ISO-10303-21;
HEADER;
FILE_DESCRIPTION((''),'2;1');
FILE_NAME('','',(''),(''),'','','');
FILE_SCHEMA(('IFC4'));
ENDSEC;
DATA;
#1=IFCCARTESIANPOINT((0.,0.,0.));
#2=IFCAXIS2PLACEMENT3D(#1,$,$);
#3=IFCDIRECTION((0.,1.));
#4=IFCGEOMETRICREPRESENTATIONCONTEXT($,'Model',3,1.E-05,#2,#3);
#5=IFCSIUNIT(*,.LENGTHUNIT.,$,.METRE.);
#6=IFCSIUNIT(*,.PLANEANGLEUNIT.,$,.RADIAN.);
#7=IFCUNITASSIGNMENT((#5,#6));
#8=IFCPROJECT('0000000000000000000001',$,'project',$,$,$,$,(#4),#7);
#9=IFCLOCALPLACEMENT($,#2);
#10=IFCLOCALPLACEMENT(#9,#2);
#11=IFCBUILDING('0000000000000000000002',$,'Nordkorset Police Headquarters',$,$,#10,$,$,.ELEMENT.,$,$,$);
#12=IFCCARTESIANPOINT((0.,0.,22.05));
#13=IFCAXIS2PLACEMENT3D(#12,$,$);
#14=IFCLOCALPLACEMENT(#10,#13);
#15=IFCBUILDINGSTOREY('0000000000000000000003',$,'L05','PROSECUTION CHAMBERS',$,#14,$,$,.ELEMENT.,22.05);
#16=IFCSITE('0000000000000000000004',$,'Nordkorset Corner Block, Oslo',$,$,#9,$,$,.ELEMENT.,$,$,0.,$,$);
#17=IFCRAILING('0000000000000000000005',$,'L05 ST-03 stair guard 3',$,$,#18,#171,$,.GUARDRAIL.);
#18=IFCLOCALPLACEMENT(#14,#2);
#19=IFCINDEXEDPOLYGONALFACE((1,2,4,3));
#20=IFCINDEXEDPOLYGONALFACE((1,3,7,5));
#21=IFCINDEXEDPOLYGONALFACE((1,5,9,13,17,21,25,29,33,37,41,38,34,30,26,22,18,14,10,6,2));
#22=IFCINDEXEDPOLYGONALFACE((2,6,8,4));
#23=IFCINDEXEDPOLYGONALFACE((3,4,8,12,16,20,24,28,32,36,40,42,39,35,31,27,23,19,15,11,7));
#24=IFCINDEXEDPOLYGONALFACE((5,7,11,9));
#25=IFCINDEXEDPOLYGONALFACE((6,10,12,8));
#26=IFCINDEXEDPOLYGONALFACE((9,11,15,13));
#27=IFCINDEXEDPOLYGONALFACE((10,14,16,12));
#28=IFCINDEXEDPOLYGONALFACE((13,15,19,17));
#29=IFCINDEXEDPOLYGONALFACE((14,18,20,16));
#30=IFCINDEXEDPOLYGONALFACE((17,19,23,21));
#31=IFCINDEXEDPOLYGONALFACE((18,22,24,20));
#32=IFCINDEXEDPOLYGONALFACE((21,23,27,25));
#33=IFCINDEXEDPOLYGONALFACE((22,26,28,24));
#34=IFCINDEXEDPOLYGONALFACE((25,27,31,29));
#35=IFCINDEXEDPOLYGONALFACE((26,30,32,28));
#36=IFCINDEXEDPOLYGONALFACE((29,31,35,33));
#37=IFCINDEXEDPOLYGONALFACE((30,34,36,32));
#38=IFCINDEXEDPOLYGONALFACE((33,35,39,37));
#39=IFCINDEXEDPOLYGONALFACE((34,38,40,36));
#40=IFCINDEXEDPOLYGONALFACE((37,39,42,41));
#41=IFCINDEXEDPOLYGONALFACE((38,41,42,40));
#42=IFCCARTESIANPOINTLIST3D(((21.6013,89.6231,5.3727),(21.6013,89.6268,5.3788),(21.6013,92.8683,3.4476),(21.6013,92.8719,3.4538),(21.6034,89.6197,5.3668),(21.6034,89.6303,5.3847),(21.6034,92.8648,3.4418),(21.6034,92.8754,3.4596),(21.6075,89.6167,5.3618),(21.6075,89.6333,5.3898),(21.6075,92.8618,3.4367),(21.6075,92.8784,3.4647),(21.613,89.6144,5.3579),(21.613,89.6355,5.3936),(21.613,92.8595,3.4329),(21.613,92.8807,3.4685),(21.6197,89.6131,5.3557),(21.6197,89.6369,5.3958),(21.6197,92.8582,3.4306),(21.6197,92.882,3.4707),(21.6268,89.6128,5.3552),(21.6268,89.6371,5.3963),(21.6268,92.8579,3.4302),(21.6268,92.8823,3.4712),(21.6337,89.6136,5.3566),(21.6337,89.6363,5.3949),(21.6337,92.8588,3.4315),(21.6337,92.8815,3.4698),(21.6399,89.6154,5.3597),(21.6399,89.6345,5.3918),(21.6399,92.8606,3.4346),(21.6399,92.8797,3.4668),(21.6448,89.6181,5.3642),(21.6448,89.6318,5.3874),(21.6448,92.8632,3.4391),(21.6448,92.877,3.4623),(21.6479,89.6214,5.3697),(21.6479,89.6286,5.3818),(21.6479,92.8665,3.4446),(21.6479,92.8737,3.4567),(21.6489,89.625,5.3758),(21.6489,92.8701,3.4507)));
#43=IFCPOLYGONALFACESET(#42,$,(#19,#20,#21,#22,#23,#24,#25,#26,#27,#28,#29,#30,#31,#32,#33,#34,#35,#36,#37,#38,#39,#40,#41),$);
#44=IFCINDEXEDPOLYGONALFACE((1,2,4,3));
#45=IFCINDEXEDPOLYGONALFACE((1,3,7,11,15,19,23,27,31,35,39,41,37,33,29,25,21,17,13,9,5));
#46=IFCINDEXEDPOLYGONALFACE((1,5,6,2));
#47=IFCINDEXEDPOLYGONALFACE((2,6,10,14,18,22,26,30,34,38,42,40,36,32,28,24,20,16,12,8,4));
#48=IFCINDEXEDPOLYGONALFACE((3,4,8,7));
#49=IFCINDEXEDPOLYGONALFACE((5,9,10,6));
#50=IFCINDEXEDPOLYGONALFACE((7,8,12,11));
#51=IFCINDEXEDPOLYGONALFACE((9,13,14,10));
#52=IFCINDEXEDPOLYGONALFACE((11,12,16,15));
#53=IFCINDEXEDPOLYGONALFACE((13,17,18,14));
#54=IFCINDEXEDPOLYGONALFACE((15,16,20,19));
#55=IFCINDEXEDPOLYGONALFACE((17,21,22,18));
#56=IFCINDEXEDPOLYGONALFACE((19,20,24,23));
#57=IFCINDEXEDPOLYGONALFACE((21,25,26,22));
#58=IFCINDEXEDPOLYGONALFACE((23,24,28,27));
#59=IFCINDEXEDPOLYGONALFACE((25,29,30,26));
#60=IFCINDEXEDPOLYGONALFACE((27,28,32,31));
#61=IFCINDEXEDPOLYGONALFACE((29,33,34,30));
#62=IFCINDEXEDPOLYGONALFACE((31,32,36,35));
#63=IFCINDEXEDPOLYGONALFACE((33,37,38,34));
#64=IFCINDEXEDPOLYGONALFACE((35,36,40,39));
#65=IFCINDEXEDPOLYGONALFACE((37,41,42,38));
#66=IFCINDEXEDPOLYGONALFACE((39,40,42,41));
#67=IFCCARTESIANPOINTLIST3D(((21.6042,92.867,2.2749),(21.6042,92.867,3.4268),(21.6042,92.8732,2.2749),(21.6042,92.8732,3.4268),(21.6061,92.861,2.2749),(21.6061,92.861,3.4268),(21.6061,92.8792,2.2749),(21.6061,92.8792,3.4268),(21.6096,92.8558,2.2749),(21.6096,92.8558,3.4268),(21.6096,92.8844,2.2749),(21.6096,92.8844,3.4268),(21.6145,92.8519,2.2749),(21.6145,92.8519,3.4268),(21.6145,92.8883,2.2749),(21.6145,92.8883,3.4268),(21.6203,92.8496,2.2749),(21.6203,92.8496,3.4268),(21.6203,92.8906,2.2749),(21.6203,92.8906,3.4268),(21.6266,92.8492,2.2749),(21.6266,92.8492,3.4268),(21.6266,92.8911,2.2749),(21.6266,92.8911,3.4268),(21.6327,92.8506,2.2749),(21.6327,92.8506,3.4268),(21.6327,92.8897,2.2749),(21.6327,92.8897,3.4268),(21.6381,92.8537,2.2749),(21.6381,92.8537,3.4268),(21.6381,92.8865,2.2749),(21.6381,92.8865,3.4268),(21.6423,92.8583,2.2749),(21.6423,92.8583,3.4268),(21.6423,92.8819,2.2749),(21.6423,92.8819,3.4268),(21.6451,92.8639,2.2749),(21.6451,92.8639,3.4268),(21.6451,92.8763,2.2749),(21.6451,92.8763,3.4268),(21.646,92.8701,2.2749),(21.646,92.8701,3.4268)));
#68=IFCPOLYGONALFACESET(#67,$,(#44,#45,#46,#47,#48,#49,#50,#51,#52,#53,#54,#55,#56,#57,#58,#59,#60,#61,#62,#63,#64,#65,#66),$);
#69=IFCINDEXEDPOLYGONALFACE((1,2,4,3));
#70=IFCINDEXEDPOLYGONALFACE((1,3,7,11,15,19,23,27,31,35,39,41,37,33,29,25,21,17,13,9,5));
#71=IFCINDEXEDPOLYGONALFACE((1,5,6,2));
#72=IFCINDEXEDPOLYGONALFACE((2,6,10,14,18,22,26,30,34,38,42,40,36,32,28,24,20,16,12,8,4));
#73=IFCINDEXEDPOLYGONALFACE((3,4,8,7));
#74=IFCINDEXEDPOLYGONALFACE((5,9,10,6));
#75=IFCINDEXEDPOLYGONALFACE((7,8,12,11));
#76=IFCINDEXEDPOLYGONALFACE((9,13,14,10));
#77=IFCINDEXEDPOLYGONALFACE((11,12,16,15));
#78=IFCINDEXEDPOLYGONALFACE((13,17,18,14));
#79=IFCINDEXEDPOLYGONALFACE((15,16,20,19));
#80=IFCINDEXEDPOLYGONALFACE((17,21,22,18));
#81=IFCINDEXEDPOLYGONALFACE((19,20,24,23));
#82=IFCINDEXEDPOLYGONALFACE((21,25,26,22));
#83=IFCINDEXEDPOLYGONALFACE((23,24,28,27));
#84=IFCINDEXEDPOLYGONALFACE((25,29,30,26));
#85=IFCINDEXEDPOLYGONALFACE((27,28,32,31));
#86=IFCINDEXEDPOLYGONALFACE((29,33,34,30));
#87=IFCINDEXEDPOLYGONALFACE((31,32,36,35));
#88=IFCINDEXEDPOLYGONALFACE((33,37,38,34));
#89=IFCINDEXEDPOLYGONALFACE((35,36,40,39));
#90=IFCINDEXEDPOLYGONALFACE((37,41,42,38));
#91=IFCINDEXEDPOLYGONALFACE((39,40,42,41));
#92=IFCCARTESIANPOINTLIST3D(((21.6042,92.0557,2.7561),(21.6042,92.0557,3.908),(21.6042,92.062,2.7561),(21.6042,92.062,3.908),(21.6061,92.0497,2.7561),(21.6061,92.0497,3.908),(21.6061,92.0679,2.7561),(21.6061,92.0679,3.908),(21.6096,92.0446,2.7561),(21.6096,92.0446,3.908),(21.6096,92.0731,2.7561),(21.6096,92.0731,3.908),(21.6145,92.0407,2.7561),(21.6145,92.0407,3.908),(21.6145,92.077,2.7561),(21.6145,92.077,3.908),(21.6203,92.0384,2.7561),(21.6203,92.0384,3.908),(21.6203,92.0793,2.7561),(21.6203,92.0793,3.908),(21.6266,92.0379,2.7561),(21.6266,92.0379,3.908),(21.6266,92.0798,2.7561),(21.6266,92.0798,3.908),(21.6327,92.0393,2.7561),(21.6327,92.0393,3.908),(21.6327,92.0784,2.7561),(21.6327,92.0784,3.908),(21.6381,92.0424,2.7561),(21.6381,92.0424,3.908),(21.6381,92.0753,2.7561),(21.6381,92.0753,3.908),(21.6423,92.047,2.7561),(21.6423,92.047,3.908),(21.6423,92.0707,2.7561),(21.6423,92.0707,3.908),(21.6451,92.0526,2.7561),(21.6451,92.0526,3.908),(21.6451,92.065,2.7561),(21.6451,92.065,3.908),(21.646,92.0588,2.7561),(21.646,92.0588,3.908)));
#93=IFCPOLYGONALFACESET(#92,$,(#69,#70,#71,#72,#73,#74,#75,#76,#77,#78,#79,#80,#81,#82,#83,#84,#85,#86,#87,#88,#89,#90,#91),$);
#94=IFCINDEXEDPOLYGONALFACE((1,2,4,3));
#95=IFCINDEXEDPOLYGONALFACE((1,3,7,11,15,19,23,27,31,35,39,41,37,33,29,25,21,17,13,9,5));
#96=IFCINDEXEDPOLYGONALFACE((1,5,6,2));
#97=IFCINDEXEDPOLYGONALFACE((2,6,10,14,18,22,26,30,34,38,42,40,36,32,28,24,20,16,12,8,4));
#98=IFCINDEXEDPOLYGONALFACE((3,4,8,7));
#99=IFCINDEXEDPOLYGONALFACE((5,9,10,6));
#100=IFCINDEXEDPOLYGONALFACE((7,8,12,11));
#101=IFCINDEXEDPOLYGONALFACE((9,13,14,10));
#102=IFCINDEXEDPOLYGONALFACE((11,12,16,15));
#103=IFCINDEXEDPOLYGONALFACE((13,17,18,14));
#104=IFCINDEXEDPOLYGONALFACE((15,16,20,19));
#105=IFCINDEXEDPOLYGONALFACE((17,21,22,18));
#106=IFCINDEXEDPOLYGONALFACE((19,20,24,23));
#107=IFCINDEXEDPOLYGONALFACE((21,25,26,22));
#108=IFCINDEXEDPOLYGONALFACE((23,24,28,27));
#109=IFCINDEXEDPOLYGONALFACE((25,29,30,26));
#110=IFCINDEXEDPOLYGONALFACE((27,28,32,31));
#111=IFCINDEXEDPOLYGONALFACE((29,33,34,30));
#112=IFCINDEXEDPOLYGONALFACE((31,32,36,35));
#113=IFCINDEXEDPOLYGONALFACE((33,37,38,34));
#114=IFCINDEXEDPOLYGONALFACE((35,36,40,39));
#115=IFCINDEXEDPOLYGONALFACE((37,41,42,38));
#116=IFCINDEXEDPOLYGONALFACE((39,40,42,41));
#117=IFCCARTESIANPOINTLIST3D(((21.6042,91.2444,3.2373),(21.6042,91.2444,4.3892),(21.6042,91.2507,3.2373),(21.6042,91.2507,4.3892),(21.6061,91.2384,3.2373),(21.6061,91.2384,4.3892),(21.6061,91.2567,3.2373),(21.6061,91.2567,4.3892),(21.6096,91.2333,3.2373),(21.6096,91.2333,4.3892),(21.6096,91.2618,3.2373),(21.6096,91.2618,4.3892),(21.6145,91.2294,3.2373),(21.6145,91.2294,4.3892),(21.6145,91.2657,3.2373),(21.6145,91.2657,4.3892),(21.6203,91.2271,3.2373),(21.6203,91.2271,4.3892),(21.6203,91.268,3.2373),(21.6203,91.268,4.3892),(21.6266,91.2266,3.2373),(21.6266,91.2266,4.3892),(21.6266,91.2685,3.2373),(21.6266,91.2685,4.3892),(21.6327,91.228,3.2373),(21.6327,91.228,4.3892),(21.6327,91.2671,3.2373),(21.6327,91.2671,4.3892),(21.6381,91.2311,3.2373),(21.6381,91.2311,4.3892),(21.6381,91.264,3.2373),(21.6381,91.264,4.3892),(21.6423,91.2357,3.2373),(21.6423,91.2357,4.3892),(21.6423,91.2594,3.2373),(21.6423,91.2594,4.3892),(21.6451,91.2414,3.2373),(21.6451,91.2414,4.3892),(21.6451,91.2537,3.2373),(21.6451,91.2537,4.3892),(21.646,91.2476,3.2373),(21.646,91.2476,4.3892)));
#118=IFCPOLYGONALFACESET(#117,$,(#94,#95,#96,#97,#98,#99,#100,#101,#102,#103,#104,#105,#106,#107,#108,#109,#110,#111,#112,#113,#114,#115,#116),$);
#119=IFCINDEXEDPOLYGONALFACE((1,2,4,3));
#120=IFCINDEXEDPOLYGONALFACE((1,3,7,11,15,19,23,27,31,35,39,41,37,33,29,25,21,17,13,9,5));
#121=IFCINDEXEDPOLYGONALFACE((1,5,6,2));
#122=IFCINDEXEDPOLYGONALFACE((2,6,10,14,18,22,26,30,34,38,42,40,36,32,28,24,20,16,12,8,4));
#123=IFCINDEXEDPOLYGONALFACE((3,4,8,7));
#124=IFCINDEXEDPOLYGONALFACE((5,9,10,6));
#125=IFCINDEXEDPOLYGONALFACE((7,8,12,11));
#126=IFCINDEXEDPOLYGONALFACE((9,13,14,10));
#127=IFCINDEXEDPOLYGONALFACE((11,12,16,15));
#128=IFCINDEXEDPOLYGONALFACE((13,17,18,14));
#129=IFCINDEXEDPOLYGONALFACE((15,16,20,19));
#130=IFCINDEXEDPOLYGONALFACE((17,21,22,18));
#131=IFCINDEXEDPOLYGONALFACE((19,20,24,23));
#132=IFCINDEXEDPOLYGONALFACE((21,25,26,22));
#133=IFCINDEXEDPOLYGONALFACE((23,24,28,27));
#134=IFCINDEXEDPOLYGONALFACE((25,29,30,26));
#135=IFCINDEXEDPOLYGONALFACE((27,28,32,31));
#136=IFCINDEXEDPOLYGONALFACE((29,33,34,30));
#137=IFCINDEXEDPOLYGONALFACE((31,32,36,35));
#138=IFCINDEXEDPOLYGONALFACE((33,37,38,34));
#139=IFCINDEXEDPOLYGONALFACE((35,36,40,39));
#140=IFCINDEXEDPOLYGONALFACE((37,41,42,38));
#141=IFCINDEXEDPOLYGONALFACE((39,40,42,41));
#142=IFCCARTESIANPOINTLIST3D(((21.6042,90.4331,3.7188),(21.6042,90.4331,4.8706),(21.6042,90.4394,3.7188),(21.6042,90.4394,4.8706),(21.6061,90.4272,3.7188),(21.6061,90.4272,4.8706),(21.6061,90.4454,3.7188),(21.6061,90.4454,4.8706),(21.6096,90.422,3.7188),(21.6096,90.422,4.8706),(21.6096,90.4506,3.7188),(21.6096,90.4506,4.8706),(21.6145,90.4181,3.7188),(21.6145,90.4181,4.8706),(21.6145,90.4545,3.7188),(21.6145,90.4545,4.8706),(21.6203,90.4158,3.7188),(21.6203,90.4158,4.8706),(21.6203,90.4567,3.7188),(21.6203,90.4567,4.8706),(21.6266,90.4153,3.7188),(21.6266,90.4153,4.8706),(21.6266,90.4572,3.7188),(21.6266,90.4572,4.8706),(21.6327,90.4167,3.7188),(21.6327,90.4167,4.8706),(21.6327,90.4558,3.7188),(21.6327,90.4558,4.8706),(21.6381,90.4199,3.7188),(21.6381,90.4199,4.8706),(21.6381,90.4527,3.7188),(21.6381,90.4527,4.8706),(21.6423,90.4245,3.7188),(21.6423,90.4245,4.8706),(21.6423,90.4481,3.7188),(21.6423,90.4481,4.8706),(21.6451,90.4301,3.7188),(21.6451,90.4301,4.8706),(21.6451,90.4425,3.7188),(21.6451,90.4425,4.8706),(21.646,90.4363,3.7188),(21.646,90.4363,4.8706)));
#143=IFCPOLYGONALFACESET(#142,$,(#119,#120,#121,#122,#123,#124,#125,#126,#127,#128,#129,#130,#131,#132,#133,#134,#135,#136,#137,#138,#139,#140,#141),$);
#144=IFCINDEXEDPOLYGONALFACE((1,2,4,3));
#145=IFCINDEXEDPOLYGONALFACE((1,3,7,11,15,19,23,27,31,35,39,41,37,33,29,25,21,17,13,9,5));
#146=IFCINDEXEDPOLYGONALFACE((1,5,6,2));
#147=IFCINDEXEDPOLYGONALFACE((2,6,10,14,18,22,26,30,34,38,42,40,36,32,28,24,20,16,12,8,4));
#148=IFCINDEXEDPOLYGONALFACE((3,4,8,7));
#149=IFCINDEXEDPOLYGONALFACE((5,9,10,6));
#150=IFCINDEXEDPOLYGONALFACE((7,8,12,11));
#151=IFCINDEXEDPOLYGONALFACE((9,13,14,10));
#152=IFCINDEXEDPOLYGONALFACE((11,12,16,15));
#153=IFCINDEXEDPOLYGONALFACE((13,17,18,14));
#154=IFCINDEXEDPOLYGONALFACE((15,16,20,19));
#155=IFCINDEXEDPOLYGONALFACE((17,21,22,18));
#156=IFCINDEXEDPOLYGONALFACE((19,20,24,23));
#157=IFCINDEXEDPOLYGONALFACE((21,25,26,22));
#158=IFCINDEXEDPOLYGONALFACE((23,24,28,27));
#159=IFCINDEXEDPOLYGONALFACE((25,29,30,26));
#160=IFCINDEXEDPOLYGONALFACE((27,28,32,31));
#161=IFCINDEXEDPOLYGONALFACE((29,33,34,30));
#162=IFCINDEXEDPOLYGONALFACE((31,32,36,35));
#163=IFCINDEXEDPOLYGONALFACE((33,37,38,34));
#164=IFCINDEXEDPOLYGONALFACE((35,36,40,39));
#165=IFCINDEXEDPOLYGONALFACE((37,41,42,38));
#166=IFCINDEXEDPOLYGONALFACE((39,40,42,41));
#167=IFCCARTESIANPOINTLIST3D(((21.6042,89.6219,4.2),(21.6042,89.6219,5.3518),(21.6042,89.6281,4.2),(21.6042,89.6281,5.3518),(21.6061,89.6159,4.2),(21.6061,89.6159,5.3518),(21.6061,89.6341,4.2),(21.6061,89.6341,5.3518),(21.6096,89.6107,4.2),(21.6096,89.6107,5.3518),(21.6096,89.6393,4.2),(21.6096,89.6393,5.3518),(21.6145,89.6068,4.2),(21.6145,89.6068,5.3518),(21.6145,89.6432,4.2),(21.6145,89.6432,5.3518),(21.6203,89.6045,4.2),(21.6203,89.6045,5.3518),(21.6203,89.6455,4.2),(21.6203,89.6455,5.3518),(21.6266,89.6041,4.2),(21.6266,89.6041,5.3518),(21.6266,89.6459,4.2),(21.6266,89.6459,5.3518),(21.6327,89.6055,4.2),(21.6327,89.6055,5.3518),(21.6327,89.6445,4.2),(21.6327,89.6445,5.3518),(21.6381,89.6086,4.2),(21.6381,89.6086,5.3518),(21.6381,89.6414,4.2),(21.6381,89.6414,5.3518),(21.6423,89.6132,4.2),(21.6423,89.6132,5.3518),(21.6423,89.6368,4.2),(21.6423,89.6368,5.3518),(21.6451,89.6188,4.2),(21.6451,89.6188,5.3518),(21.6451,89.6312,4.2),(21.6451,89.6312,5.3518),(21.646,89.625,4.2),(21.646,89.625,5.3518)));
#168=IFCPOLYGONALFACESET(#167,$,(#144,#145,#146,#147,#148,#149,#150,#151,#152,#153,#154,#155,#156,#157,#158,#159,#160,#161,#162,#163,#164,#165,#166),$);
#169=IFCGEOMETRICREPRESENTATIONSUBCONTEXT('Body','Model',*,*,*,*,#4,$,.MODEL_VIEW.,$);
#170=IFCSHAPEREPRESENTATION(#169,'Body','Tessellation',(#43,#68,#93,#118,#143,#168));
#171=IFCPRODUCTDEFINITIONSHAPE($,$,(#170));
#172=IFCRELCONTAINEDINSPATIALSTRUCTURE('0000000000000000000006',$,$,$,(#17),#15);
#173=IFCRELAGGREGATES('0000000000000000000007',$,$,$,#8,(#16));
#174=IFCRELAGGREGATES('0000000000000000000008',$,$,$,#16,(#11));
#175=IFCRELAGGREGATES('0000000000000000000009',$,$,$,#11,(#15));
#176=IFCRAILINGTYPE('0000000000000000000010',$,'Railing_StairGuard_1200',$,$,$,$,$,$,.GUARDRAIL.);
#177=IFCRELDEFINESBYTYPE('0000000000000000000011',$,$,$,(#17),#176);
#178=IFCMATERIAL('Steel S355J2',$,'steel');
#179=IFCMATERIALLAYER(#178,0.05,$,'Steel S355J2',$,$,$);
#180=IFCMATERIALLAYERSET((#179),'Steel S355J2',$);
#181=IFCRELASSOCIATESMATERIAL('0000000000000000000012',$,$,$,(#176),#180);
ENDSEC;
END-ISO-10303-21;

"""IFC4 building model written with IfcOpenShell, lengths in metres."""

from ifc_helpers import new_model, si_unit, direction, frame, origin, origin_2d, place, context, subcontext, project, spatial, circle, extrude, material, layer, layer_set, type_object, element, save


model = new_model("IFC4")

# Units and contexts
model_context = context("Model", 3, precision=1e-05, world=origin(), true_north=direction((0.0, 1.0)))
body_context = subcontext(model_context, "Body", "Model", "MODEL_VIEW")
ifc_project = project(units=[si_unit("LENGTHUNIT", "METRE"), si_unit("PLANEANGLEUNIT", "RADIAN")], contexts=[model_context])

# Site, building, storey
site_placement = place(None, origin())
site = spatial("IfcSite", under=ifc_project, at=site_placement, Name="Nordkorset Corner Block, Oslo", CompositionType="ELEMENT", RefElevation=0.0)
building_placement = place(site_placement, origin())
building = spatial("IfcBuilding", under=site, at=building_placement, Name="Nordkorset Police Headquarters", CompositionType="ELEMENT")
storey_placement = place(building_placement, frame((0.0, 0.0, 22.05)))
storey = spatial("IfcBuildingStorey", under=building, at=storey_placement, Name="L05", Description="PROSECUTION CHAMBERS", CompositionType="ELEMENT", Elevation=22.05)

# Railing
ifc_material_1 = material(Name="Steel S355J2", Category="steel")
ifc_layer_1 = layer(ifc_material_1, 0.05, Name="Steel S355J2")
ifc_layer_set_1 = layer_set([ifc_layer_1], Name="Steel S355J2")
railing_type_1 = type_object("IfcRailingType", Name="Railing_StairGuard_1200", PredefinedType="GUARDRAIL", material=ifc_layer_set_1)
railing_1_placement = place(storey_placement, frame((21.625, 92.8701, 2.2749)))
element("IfcRailing", 1, at=railing_1_placement, inside=storey, type_object=railing_type_1, Name="L05 ST-03 stair guard 3", PredefinedType="GUARDRAIL", context=body_context, shape_type="SweptSolid", body=[
    extrude(circle(Radius=0.0239, at=origin_2d()), frame((0.0, 0.0, 1.1758), z_axis=(0.0, -0.860057, 0.510198), x_axis=(1.0, 0.0, 0.0)), (0.0, 0.0, 1.0), 3.7732),
    extrude(circle(Radius=0.021, at=origin_2d()), origin(), (0.0, 0.0, 1.0), 1.1519),
    extrude(circle(Radius=0.021, at=origin_2d()), frame((0.0, -0.8113, 0.4812)), (0.0, 0.0, 1.0), 1.1519),
    extrude(circle(Radius=0.021, at=origin_2d()), frame((0.0, -1.6226, 0.9624)), (0.0, 0.0, 1.0), 1.1519),
    extrude(circle(Radius=0.021, at=origin_2d()), frame((0.0, -2.4338, 1.4438)), (0.0, 0.0, 1.0), 1.1519),
    extrude(circle(Radius=0.021, at=origin_2d()), frame((0.0, -3.2451, 1.925)), (0.0, 0.0, 1.0), 1.1519),
])

save(model, "model.ifc")
